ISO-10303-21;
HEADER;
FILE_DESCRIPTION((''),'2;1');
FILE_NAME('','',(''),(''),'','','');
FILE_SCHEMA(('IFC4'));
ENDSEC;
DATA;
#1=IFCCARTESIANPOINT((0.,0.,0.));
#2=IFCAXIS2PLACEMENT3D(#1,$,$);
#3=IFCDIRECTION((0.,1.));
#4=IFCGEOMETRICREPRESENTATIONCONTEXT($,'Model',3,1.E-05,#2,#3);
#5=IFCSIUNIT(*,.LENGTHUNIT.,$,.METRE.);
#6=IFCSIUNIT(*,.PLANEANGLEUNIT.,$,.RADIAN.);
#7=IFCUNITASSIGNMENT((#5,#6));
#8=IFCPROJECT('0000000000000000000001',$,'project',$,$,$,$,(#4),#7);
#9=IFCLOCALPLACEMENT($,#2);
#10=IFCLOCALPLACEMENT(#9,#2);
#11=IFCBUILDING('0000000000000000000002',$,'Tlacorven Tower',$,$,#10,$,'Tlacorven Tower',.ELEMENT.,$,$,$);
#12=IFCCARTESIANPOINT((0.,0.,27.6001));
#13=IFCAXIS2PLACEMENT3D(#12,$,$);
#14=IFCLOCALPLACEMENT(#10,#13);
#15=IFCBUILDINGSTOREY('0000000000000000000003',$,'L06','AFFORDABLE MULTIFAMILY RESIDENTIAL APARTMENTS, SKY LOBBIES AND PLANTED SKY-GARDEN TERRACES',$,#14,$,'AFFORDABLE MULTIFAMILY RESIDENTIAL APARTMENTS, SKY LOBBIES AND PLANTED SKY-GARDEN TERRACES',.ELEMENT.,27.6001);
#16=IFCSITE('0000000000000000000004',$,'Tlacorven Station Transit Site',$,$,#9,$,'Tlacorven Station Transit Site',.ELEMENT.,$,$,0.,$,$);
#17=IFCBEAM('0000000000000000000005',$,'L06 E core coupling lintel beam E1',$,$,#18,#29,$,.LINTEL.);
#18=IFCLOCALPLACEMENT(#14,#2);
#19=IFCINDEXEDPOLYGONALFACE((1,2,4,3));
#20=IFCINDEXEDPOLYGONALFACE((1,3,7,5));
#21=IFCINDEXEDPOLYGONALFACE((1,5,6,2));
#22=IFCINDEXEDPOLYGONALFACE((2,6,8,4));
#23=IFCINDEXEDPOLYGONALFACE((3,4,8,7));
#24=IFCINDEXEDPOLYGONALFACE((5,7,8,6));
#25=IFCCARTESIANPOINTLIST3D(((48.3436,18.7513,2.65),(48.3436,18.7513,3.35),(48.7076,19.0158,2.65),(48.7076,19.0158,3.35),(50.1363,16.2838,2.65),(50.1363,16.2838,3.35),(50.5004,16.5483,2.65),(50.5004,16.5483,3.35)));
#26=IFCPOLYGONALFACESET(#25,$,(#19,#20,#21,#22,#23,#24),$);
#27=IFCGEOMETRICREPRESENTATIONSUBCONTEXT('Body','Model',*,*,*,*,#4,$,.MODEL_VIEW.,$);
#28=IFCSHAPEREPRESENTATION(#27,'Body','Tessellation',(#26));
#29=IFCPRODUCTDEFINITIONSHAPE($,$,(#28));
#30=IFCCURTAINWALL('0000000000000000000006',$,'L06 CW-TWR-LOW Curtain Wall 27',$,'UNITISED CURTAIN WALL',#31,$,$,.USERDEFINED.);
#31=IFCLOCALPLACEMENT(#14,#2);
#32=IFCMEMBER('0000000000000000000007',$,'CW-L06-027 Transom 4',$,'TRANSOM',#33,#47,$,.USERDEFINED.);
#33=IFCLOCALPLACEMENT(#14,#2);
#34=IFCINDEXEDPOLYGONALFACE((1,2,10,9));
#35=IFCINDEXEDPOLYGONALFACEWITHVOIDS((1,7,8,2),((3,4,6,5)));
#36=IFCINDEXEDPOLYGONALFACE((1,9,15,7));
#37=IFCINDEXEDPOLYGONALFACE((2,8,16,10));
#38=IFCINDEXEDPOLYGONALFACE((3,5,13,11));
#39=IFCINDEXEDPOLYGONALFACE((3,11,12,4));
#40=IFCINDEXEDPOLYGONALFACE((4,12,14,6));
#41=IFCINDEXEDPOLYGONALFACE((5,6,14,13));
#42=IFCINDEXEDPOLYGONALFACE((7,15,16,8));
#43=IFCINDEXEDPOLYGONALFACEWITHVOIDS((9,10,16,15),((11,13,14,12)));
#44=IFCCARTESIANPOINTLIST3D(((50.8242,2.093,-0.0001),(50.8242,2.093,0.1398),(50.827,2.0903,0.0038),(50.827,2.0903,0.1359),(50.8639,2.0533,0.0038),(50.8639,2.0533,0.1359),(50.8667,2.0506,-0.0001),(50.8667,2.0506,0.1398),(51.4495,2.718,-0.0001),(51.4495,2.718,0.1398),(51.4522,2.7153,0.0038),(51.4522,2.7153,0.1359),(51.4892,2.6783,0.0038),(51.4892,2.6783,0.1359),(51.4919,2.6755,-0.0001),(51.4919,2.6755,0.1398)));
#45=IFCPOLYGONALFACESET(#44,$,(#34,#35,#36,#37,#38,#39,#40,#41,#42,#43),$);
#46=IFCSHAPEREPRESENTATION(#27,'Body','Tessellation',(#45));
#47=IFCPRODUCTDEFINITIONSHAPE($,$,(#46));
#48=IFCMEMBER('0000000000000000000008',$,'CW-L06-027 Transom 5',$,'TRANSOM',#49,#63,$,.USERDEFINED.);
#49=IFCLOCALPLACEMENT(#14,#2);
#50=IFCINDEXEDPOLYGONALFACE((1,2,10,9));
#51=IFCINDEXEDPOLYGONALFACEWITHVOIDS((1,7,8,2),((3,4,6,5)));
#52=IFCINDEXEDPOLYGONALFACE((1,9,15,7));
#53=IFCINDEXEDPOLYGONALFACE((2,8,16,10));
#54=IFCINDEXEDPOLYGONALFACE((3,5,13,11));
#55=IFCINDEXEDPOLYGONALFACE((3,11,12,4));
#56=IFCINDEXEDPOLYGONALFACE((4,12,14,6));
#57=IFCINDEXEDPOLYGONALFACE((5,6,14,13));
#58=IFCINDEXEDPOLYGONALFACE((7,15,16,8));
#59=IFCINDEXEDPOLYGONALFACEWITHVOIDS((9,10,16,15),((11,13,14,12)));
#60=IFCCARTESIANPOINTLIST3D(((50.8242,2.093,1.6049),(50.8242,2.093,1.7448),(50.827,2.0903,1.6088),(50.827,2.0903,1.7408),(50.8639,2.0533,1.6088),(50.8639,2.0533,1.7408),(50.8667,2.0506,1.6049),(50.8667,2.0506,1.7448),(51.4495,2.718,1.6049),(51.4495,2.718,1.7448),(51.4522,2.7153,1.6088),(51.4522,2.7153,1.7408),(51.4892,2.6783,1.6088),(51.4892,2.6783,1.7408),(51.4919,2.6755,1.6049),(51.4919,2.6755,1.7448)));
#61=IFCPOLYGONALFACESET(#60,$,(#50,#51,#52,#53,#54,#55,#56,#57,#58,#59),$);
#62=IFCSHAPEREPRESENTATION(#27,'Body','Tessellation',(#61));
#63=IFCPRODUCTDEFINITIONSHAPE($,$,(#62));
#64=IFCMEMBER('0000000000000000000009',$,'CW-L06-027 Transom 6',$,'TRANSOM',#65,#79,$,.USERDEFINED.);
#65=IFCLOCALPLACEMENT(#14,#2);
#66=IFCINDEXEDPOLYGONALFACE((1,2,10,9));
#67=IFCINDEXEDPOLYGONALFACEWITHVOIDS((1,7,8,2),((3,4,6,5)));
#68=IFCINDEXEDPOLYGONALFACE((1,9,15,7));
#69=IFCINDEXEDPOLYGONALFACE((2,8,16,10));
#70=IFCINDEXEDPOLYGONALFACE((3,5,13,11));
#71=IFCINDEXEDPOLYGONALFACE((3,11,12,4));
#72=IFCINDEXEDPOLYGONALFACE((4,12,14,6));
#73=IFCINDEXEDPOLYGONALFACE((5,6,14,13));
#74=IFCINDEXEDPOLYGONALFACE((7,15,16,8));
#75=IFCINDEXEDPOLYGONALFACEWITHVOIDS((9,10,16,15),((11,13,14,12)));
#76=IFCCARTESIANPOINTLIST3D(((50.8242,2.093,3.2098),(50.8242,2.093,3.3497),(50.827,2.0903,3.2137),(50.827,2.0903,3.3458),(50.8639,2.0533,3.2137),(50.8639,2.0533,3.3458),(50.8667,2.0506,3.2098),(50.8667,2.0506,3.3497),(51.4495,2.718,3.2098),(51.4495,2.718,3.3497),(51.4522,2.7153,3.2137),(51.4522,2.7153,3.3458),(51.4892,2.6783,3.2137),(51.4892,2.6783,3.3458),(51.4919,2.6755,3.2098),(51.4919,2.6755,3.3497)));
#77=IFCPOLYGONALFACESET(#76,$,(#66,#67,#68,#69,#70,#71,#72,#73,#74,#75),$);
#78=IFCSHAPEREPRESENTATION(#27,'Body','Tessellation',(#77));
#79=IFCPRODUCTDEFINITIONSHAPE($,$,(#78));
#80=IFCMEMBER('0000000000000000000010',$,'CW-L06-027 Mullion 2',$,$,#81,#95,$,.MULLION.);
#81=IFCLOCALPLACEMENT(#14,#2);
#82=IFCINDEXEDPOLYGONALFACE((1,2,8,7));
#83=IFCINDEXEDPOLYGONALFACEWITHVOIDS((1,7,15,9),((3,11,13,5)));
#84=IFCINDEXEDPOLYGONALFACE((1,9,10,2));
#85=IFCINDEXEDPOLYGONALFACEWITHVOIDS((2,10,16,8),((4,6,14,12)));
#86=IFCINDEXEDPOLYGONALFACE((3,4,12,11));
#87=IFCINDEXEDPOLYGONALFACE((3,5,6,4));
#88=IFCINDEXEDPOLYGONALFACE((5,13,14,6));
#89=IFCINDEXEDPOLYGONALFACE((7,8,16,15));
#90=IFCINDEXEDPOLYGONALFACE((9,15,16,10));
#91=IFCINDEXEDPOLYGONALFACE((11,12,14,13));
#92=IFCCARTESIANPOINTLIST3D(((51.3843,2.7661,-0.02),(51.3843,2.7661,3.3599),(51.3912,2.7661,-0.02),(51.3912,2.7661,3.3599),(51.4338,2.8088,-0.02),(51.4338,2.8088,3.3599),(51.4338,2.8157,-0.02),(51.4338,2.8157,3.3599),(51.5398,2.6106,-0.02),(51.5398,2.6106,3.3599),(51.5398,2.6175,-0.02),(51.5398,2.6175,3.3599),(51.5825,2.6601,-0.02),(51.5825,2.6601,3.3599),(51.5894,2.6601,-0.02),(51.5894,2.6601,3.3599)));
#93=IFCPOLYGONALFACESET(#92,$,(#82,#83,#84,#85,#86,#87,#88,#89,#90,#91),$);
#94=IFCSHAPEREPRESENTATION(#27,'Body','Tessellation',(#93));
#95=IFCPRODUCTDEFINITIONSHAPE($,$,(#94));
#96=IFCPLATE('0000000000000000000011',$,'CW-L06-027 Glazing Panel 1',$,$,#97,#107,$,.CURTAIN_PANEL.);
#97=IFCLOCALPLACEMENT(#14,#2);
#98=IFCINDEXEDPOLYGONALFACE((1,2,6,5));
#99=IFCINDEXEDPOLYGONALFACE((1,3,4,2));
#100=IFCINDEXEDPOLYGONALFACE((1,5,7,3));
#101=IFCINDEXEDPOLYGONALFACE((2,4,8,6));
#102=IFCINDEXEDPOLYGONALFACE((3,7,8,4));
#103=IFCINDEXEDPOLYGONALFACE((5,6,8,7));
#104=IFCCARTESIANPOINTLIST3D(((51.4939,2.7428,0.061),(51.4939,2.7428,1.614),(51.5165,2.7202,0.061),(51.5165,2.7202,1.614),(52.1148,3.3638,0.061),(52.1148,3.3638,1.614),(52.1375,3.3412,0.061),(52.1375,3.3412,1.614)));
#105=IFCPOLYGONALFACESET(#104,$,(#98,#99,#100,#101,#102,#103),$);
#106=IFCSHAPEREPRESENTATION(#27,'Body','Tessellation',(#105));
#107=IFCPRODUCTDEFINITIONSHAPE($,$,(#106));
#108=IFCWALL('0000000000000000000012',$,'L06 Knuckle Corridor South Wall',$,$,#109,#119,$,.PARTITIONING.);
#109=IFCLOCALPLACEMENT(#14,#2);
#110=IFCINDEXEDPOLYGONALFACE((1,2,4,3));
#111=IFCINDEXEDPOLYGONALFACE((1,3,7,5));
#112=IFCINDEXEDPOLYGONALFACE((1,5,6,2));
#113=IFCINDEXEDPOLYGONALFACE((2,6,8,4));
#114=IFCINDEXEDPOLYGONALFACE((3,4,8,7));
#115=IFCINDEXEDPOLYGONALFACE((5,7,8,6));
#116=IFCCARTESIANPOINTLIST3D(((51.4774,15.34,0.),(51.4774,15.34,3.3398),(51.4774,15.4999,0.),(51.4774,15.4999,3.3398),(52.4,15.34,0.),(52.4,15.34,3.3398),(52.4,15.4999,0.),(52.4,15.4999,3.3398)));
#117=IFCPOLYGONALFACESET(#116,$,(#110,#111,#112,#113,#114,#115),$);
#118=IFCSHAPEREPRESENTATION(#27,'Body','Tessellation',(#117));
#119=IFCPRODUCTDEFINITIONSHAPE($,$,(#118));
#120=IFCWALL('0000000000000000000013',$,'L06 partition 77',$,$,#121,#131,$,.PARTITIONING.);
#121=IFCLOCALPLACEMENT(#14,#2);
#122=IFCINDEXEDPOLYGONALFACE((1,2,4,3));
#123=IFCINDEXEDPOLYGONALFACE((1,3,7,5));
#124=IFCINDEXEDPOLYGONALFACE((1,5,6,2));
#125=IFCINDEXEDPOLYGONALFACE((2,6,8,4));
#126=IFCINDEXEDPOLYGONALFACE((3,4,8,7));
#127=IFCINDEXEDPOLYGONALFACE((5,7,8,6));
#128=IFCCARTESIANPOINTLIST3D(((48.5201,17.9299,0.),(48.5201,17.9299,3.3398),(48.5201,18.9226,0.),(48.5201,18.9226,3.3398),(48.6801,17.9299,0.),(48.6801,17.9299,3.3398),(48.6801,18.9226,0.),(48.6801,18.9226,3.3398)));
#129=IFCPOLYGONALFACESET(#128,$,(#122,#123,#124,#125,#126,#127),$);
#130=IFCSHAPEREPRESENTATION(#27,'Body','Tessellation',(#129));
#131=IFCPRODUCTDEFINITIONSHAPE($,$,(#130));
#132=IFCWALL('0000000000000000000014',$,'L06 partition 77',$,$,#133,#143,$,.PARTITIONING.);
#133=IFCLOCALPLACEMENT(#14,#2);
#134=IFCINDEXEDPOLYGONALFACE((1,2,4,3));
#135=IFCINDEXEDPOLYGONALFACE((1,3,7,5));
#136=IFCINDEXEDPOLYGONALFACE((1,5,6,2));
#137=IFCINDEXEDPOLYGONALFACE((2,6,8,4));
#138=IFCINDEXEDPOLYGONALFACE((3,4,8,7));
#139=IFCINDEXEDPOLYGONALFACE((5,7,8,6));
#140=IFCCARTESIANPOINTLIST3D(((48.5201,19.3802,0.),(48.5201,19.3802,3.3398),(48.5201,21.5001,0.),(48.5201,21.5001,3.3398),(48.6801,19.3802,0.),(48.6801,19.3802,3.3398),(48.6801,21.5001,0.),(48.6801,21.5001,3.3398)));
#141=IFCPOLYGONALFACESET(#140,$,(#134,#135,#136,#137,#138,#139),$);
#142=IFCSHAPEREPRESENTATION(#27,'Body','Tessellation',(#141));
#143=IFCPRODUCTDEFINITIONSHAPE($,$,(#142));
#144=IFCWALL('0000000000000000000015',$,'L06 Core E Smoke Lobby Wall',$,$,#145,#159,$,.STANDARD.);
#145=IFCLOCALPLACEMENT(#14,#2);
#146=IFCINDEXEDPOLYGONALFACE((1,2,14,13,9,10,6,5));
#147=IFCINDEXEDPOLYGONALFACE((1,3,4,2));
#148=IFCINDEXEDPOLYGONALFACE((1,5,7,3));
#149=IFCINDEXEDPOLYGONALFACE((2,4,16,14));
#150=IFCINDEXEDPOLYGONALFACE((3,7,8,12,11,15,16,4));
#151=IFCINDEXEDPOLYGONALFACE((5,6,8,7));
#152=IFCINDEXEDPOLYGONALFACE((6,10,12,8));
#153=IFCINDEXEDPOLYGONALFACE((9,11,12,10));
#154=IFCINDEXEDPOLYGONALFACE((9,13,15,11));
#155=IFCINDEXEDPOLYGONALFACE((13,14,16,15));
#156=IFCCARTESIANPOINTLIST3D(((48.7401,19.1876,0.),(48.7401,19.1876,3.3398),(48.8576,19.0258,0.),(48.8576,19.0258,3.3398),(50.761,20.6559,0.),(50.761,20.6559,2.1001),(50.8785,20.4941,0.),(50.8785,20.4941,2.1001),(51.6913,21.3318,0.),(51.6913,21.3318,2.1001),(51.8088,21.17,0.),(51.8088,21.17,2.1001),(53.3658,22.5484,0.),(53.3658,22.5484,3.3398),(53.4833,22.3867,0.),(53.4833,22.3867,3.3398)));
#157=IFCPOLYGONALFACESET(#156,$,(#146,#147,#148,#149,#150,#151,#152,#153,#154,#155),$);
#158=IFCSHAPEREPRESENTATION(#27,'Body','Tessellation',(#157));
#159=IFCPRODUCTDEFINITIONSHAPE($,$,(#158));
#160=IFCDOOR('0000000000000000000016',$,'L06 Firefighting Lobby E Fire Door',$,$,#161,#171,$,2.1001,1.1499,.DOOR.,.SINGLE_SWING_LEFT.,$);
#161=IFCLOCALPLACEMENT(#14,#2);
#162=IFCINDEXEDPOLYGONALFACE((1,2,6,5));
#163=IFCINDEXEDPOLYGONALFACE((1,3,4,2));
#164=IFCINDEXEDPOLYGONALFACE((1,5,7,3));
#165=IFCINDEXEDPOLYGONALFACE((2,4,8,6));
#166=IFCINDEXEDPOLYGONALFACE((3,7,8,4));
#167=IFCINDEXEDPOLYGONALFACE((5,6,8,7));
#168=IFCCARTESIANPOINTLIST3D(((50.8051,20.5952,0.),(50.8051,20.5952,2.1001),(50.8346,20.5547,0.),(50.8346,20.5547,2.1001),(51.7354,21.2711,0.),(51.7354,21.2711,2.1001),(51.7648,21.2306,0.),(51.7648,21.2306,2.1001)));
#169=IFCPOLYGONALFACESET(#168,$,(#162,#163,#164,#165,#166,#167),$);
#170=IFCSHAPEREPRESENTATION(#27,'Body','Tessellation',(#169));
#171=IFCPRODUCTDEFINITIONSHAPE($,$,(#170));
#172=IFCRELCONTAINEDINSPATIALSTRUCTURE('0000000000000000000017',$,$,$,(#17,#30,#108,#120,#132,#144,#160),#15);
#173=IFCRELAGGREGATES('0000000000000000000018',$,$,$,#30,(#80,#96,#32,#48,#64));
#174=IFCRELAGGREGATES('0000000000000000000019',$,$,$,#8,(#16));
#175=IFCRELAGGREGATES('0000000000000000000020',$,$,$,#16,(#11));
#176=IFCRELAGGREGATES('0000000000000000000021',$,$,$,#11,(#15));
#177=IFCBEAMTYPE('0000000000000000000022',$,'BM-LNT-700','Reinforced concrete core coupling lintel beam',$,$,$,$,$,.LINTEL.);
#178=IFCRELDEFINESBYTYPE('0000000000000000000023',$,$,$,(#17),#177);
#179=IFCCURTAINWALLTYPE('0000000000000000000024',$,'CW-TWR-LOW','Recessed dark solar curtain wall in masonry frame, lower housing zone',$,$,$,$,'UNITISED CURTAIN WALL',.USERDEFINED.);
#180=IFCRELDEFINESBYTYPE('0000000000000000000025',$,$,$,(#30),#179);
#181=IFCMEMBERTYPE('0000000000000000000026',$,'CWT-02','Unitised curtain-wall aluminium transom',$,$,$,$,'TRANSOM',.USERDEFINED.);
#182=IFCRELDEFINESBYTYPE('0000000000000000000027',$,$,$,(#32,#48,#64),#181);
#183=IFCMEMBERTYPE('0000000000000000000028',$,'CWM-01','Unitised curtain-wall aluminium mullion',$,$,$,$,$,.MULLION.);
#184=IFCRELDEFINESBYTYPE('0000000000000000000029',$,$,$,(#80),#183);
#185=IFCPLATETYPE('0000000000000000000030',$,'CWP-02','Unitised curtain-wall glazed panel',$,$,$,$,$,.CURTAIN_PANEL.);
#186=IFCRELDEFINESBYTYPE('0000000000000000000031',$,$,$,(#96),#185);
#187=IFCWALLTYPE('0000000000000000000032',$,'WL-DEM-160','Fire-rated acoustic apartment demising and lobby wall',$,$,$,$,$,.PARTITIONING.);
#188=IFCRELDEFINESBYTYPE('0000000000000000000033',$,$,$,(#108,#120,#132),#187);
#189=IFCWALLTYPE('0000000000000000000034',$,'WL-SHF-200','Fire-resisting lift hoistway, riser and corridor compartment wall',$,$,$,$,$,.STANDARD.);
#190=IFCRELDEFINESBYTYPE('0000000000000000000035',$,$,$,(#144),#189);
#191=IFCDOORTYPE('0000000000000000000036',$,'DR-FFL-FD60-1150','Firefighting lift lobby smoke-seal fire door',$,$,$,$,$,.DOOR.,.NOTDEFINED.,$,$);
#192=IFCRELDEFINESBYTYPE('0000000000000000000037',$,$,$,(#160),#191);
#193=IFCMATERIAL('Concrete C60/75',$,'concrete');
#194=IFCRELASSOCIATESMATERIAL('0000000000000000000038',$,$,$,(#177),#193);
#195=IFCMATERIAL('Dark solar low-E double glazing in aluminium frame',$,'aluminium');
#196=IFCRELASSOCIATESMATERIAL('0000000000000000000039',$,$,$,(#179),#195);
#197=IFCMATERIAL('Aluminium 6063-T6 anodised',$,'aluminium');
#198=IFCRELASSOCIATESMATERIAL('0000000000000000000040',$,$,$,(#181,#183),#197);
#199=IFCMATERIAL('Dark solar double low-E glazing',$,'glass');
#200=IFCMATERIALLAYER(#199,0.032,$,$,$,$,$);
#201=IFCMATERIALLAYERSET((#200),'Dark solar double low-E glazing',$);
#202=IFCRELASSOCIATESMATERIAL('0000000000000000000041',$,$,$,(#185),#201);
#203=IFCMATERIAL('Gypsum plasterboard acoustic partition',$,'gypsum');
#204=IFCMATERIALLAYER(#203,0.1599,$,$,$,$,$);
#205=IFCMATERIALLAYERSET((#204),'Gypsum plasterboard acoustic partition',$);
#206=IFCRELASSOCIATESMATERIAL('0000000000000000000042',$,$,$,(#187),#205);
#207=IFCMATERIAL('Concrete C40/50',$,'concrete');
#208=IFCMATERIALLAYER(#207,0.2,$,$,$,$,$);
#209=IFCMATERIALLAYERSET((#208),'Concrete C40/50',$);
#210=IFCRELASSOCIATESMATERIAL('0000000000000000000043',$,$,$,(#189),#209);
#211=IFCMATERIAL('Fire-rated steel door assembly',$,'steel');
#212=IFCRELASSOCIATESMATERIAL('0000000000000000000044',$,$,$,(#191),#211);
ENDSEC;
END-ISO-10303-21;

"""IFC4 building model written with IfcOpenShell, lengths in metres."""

from ifc_helpers import new_model, si_unit, direction, frame, frame_2d, origin, origin_2d, place, context, subcontext, project, spatial, rectangle, hollow_rectangle, extrude, source, transform, mapped, material, layer, layer_set, material_profile, profile_set, type_object, element, fill, aggregate, save


model = new_model("IFC4")

# Units and contexts
model_context = context("Model", 3, precision=1e-05, world=origin(), true_north=direction((0.0, 1.0)))
body_context = subcontext(model_context, "Body", "Model", "MODEL_VIEW")
ifc_project = project(units=[si_unit("LENGTHUNIT", "METRE"), si_unit("PLANEANGLEUNIT", "RADIAN")], contexts=[model_context])

# Site, building, storey
site_placement = place(None, origin())
site = spatial("IfcSite", under=ifc_project, at=site_placement, Name="Tlacorven Station Transit Site", LongName="Tlacorven Station Transit Site", CompositionType="ELEMENT", RefElevation=0.0)
building_placement = place(site_placement, origin())
building = spatial("IfcBuilding", under=site, at=building_placement, Name="Tlacorven Tower", LongName="Tlacorven Tower", CompositionType="ELEMENT")
storey_placement = place(building_placement, frame((0.0, 0.0, 27.6001)))
storey = spatial("IfcBuildingStorey", under=building, at=storey_placement, Name="L06", Description="AFFORDABLE MULTIFAMILY RESIDENTIAL APARTMENTS, SKY LOBBIES AND PLANTED SKY-GARDEN TERRACES", LongName="AFFORDABLE MULTIFAMILY RESIDENTIAL APARTMENTS, SKY LOBBIES AND PLANTED SKY-GARDEN TERRACES", CompositionType="ELEMENT", Elevation=27.6001)

# Beam
ifc_material_1 = material(Name="Concrete C60/75", Category="concrete")
ifc_material_profile_1 = material_profile(ifc_material_1, rectangle(XDim=0.45, YDim=0.7, at=origin_2d()), Name="RC 450X700")
ifc_profile_set_1 = profile_set([ifc_material_profile_1], Name="Concrete C60/75")
beam_type = type_object("IfcBeamType", Name="BM-LNT-700", Description="Reinforced concrete core coupling lintel beam", PredefinedType="LINTEL", material=ifc_profile_set_1)
shared_shape_1 = source(origin(), body_context, "Body", "SweptSolid", [
    extrude(rectangle(XDim=0.45, YDim=0.7, at=origin_2d()), origin(), (0.0, 0.0, 1.0), 3.05),
])
beam_placement = place(storey_placement, frame((50.3184, 16.416, 3.0), z_axis=(-0.587777, 0.809023, 0.0), x_axis=(-0.809023, -0.587777, 0.0)))
element("IfcBeam", 1, at=beam_placement, inside=storey, type_object=beam_type, Name="L06 E core coupling lintel beam E1", PredefinedType="LINTEL", context=body_context, shape_type="MappedRepresentation", body=[
    mapped(shared_shape_1, transform((0.0, 0.0, 0.0), scale=1.0)),
])

# Curtain wall, members, plate
ifc_material_2 = material(Name="Dark solar low-E double glazing in aluminium frame", Category="aluminium")
curtain_wall_type = type_object("IfcCurtainWallType", Name="CW-TWR-LOW", Description="Recessed dark solar curtain wall in masonry frame, lower housing zone", ElementType="UNITISED CURTAIN WALL", PredefinedType="USERDEFINED", material=ifc_material_2)
curtain_wall_placement = place(storey_placement, origin())
curtain_wall = element("IfcCurtainWall", 2, at=curtain_wall_placement, inside=storey, type_object=curtain_wall_type, Name="L06 CW-TWR-LOW Curtain Wall 27", ObjectType="UNITISED CURTAIN WALL", PredefinedType="USERDEFINED")
ifc_material_3 = material(Name="Aluminium 6063-T6 anodised", Category="aluminium")
ifc_material_profile_2 = material_profile(ifc_material_3, hollow_rectangle(XDim=0.0601, YDim=0.1399, WallThickness=0.0039, at=origin_2d()), Name="ALU TRANSOM 60X140")
ifc_profile_set_2 = profile_set([ifc_material_profile_2], Name="Aluminium 6063-T6 anodised")
member_type_1 = type_object("IfcMemberType", Name="CWT-02", Description="Unitised curtain-wall aluminium transom", ElementType="TRANSOM", PredefinedType="USERDEFINED", material=ifc_profile_set_2)
shared_shape_2 = source(origin(), body_context, "Body", "SweptSolid", [
    extrude(hollow_rectangle(XDim=0.0601, YDim=0.1399, WallThickness=0.0039, at=origin_2d()), origin(), (0.0, 0.0, 1.0), 0.884),
])
member_1_placement = place(storey_placement, frame((51.4707, 2.6968, 0.0698), z_axis=(-0.707245, -0.706969, 0.0), x_axis=(0.706969, -0.707245, 0.0)))
member_1 = element("IfcMember", 3, at=member_1_placement, type_object=member_type_1, Name="CW-L06-027 Transom 4", ObjectType="TRANSOM", PredefinedType="USERDEFINED", context=body_context, shape_type="MappedRepresentation", body=[
    mapped(shared_shape_2, transform((0.0, 0.0, 0.0), scale=1.0)),
])
member_2_placement = place(storey_placement, frame((51.4707, 2.6968, 1.6748), z_axis=(-0.707245, -0.706969, 0.0), x_axis=(0.706969, -0.707245, 0.0)))
member_2 = element("IfcMember", 4, at=member_2_placement, type_object=member_type_1, Name="CW-L06-027 Transom 5", ObjectType="TRANSOM", PredefinedType="USERDEFINED", context=body_context, shape_type="MappedRepresentation", body=[
    mapped(shared_shape_2, transform((0.0, 0.0, 0.0), scale=1.0)),
])
member_3_placement = place(storey_placement, frame((51.4707, 2.6968, 3.2798), z_axis=(-0.707245, -0.706969, 0.0), x_axis=(0.706969, -0.707245, 0.0)))
member_3 = element("IfcMember", 5, at=member_3_placement, type_object=member_type_1, Name="CW-L06-027 Transom 6", ObjectType="TRANSOM", PredefinedType="USERDEFINED", context=body_context, shape_type="MappedRepresentation", body=[
    mapped(shared_shape_2, transform((0.0, 0.0, 0.0), scale=1.0)),
])
ifc_material_profile_3 = material_profile(ifc_material_3, hollow_rectangle(XDim=0.0701, YDim=0.22, WallThickness=0.0049, at=origin_2d()), Name="ALU MULLION 70X220")
ifc_profile_set_3 = profile_set([ifc_material_profile_3], Name="Aluminium 6063-T6 anodised")
member_type_2 = type_object("IfcMemberType", Name="CWM-01", Description="Unitised curtain-wall aluminium mullion", PredefinedType="MULLION", material=ifc_profile_set_3)
shared_shape_3 = source(origin(), body_context, "Body", "SweptSolid", [
    extrude(hollow_rectangle(XDim=0.0701, YDim=0.22, WallThickness=0.0049, at=origin_2d()), origin(), (0.0, 0.0, 1.0), 3.3799),
])
member_4_placement = place(storey_placement, frame((51.4868, 2.7131, -0.02), z_axis=(0.0, 0.0, 1.0), x_axis=(-0.707107, -0.707107, 0.0)))
member_4 = element("IfcMember", 6, at=member_4_placement, type_object=member_type_2, Name="CW-L06-027 Mullion 2", PredefinedType="MULLION", context=body_context, shape_type="MappedRepresentation", body=[
    mapped(shared_shape_3, transform((0.0, 0.0, 0.0), scale=1.0)),
])
ifc_material_4 = material(Name="Dark solar double low-E glazing", Category="glass")
ifc_layer_1 = layer(ifc_material_4, 0.032)
ifc_layer_set_1 = layer_set([ifc_layer_1], Name="Dark solar double low-E glazing")
plate_type = type_object("IfcPlateType", Name="CWP-02", Description="Unitised curtain-wall glazed panel", PredefinedType="CURTAIN_PANEL", material=ifc_layer_set_1)
shared_shape_4 = source(origin(), body_context, "Body", "SweptSolid", [
    extrude(rectangle(XDim=0.8782, YDim=0.032, at=origin_2d()), origin(), (0.0, 0.0, 1.0), 1.553),
])
plate_placement = place(storey_placement, frame((51.8157, 3.042, 0.061), z_axis=(0.0, 0.0, 1.0), x_axis=(-0.707107, -0.707107, 0.0)))
plate = element("IfcPlate", 7, at=plate_placement, type_object=plate_type, Name="CW-L06-027 Glazing Panel 1", PredefinedType="CURTAIN_PANEL", context=body_context, shape_type="MappedRepresentation", body=[
    mapped(shared_shape_4, transform((0.0, 0.0, 0.0), scale=1.0)),
])
aggregate(curtain_wall, [member_4, plate, member_1, member_2, member_3])

# Walls
ifc_material_5 = material(Name="Gypsum plasterboard acoustic partition", Category="gypsum")
ifc_layer_2 = layer(ifc_material_5, 0.1599)
ifc_layer_set_2 = layer_set([ifc_layer_2], Name="Gypsum plasterboard acoustic partition")
wall_type_1 = type_object("IfcWallType", Name="WL-DEM-160", Description="Fire-rated acoustic apartment demising and lobby wall", PredefinedType="PARTITIONING", material=ifc_layer_set_2)
wall_1_placement = place(storey_placement, frame((51.4773, 15.4199, 0.0), z_axis=(0.0, 0.0, 1.0), x_axis=(1.0, 0.0, 0.0)))
element("IfcWall", 8, at=wall_1_placement, inside=storey, type_object=wall_type_1, Name="L06 Knuckle Corridor South Wall", PredefinedType="PARTITIONING", context=body_context, shape_type="SweptSolid", body=[
    extrude(rectangle(XDim=0.9226, YDim=0.1599, at=frame_2d((0.4614, 0.0))), origin(), (0.0, 0.0, 1.0), 3.3398),
])
wall_2_placement = place(storey_placement, frame((48.6001, 17.9299, 0.0), z_axis=(0.0, 0.0, 1.0), x_axis=(0.0, 1.0, 0.0)))
element("IfcWall", 9, at=wall_2_placement, inside=storey, type_object=wall_type_1, Name="L06 partition 77", PredefinedType="PARTITIONING", context=body_context, shape_type="SweptSolid", body=[
    extrude(rectangle(XDim=0.9927, YDim=0.1599, at=frame_2d((0.4963, 0.0))), origin(), (0.0, 0.0, 1.0), 3.3398),
])
wall_3_placement = place(storey_placement, frame((48.6001, 19.3801, 0.0), z_axis=(0.0, 0.0, 1.0), x_axis=(0.0, 1.0, 0.0)))
element("IfcWall", 10, at=wall_3_placement, inside=storey, type_object=wall_type_1, Name="L06 partition 77", PredefinedType="PARTITIONING", context=body_context, shape_type="SweptSolid", body=[
    extrude(rectangle(XDim=2.1199, YDim=0.1599, at=frame_2d((1.0601, 0.0))), origin(), (0.0, 0.0, 1.0), 3.3398),
])

# Wall, opening, door
ifc_material_6 = material(Name="Concrete C40/50", Category="concrete")
ifc_layer_3 = layer(ifc_material_6, 0.2)
ifc_layer_set_3 = layer_set([ifc_layer_3], Name="Concrete C40/50")
wall_type_2 = type_object("IfcWallType", Name="WL-SHF-200", Description="Fire-resisting lift hoistway, riser and corridor compartment wall", PredefinedType="STANDARD", material=ifc_layer_set_3)
wall_4_placement = place(storey_placement, frame((48.7988, 19.1067, 0.0), z_axis=(0.0, 0.0, 1.0), x_axis=(0.809013, 0.587791, 0.0)))
wall_4 = element("IfcWall", 11, at=wall_4_placement, inside=storey, type_object=wall_type_2, Name="L06 Core E Smoke Lobby Wall", PredefinedType="STANDARD", context=body_context, shape_type="SweptSolid", body=[
    extrude(rectangle(XDim=5.7178, YDim=0.2, at=frame_2d((2.8589, 0.0))), origin(), (0.0, 0.0, 1.0), 3.3398),
])
opening_1_placement = place(wall_4_placement, frame((2.498, 0.0, 0.0)))
opening_1 = element("IfcOpeningElement", 12, at=opening_1_placement, cuts=wall_4, PredefinedType="OPENING", context=body_context, shape_type="SweptSolid", body=[
    extrude(rectangle(XDim=1.1499, YDim=2.1001, at=frame_2d((0.575, 1.05))), frame((0.0, 0.1099, 0.0), z_axis=(0.0, -1.0, 0.0), x_axis=(1.0, 0.0, 0.0)), (0.0, 0.0, 1.0), 0.22),
])
ifc_material_7 = material(Name="Fire-rated steel door assembly", Category="steel")
door_type_1 = type_object("IfcDoorType", Name="DR-FFL-FD60-1150", Description="Firefighting lift lobby smoke-seal fire door", OperationType="NOTDEFINED", PredefinedType="DOOR", material=ifc_material_7)
shared_shape_5 = source(origin(), body_context, "Body", "SweptSolid", [
    extrude(rectangle(XDim=1.1499, YDim=2.1001, at=frame_2d((0.575, 1.05))), frame((0.0, 0.0249, 0.0), z_axis=(0.0, -1.0, 0.0), x_axis=(1.0, 0.0, 0.0)), (0.0, 0.0, 1.0), 0.05),
])
door_1_placement = place(opening_1_placement, origin())
door_1 = element("IfcDoor", 13, at=door_1_placement, inside=storey, type_object=door_type_1, Name="L06 Firefighting Lobby E Fire Door", OperationType="SINGLE_SWING_LEFT", OverallHeight=2.1001, OverallWidth=1.1499, PredefinedType="DOOR", context=body_context, shape_type="MappedRepresentation", body=[
    mapped(shared_shape_5, transform((0.0, 0.0, 0.0), scale=1.0)),
])
fill(opening_1, door_1)

save(model, "model.ifc")
